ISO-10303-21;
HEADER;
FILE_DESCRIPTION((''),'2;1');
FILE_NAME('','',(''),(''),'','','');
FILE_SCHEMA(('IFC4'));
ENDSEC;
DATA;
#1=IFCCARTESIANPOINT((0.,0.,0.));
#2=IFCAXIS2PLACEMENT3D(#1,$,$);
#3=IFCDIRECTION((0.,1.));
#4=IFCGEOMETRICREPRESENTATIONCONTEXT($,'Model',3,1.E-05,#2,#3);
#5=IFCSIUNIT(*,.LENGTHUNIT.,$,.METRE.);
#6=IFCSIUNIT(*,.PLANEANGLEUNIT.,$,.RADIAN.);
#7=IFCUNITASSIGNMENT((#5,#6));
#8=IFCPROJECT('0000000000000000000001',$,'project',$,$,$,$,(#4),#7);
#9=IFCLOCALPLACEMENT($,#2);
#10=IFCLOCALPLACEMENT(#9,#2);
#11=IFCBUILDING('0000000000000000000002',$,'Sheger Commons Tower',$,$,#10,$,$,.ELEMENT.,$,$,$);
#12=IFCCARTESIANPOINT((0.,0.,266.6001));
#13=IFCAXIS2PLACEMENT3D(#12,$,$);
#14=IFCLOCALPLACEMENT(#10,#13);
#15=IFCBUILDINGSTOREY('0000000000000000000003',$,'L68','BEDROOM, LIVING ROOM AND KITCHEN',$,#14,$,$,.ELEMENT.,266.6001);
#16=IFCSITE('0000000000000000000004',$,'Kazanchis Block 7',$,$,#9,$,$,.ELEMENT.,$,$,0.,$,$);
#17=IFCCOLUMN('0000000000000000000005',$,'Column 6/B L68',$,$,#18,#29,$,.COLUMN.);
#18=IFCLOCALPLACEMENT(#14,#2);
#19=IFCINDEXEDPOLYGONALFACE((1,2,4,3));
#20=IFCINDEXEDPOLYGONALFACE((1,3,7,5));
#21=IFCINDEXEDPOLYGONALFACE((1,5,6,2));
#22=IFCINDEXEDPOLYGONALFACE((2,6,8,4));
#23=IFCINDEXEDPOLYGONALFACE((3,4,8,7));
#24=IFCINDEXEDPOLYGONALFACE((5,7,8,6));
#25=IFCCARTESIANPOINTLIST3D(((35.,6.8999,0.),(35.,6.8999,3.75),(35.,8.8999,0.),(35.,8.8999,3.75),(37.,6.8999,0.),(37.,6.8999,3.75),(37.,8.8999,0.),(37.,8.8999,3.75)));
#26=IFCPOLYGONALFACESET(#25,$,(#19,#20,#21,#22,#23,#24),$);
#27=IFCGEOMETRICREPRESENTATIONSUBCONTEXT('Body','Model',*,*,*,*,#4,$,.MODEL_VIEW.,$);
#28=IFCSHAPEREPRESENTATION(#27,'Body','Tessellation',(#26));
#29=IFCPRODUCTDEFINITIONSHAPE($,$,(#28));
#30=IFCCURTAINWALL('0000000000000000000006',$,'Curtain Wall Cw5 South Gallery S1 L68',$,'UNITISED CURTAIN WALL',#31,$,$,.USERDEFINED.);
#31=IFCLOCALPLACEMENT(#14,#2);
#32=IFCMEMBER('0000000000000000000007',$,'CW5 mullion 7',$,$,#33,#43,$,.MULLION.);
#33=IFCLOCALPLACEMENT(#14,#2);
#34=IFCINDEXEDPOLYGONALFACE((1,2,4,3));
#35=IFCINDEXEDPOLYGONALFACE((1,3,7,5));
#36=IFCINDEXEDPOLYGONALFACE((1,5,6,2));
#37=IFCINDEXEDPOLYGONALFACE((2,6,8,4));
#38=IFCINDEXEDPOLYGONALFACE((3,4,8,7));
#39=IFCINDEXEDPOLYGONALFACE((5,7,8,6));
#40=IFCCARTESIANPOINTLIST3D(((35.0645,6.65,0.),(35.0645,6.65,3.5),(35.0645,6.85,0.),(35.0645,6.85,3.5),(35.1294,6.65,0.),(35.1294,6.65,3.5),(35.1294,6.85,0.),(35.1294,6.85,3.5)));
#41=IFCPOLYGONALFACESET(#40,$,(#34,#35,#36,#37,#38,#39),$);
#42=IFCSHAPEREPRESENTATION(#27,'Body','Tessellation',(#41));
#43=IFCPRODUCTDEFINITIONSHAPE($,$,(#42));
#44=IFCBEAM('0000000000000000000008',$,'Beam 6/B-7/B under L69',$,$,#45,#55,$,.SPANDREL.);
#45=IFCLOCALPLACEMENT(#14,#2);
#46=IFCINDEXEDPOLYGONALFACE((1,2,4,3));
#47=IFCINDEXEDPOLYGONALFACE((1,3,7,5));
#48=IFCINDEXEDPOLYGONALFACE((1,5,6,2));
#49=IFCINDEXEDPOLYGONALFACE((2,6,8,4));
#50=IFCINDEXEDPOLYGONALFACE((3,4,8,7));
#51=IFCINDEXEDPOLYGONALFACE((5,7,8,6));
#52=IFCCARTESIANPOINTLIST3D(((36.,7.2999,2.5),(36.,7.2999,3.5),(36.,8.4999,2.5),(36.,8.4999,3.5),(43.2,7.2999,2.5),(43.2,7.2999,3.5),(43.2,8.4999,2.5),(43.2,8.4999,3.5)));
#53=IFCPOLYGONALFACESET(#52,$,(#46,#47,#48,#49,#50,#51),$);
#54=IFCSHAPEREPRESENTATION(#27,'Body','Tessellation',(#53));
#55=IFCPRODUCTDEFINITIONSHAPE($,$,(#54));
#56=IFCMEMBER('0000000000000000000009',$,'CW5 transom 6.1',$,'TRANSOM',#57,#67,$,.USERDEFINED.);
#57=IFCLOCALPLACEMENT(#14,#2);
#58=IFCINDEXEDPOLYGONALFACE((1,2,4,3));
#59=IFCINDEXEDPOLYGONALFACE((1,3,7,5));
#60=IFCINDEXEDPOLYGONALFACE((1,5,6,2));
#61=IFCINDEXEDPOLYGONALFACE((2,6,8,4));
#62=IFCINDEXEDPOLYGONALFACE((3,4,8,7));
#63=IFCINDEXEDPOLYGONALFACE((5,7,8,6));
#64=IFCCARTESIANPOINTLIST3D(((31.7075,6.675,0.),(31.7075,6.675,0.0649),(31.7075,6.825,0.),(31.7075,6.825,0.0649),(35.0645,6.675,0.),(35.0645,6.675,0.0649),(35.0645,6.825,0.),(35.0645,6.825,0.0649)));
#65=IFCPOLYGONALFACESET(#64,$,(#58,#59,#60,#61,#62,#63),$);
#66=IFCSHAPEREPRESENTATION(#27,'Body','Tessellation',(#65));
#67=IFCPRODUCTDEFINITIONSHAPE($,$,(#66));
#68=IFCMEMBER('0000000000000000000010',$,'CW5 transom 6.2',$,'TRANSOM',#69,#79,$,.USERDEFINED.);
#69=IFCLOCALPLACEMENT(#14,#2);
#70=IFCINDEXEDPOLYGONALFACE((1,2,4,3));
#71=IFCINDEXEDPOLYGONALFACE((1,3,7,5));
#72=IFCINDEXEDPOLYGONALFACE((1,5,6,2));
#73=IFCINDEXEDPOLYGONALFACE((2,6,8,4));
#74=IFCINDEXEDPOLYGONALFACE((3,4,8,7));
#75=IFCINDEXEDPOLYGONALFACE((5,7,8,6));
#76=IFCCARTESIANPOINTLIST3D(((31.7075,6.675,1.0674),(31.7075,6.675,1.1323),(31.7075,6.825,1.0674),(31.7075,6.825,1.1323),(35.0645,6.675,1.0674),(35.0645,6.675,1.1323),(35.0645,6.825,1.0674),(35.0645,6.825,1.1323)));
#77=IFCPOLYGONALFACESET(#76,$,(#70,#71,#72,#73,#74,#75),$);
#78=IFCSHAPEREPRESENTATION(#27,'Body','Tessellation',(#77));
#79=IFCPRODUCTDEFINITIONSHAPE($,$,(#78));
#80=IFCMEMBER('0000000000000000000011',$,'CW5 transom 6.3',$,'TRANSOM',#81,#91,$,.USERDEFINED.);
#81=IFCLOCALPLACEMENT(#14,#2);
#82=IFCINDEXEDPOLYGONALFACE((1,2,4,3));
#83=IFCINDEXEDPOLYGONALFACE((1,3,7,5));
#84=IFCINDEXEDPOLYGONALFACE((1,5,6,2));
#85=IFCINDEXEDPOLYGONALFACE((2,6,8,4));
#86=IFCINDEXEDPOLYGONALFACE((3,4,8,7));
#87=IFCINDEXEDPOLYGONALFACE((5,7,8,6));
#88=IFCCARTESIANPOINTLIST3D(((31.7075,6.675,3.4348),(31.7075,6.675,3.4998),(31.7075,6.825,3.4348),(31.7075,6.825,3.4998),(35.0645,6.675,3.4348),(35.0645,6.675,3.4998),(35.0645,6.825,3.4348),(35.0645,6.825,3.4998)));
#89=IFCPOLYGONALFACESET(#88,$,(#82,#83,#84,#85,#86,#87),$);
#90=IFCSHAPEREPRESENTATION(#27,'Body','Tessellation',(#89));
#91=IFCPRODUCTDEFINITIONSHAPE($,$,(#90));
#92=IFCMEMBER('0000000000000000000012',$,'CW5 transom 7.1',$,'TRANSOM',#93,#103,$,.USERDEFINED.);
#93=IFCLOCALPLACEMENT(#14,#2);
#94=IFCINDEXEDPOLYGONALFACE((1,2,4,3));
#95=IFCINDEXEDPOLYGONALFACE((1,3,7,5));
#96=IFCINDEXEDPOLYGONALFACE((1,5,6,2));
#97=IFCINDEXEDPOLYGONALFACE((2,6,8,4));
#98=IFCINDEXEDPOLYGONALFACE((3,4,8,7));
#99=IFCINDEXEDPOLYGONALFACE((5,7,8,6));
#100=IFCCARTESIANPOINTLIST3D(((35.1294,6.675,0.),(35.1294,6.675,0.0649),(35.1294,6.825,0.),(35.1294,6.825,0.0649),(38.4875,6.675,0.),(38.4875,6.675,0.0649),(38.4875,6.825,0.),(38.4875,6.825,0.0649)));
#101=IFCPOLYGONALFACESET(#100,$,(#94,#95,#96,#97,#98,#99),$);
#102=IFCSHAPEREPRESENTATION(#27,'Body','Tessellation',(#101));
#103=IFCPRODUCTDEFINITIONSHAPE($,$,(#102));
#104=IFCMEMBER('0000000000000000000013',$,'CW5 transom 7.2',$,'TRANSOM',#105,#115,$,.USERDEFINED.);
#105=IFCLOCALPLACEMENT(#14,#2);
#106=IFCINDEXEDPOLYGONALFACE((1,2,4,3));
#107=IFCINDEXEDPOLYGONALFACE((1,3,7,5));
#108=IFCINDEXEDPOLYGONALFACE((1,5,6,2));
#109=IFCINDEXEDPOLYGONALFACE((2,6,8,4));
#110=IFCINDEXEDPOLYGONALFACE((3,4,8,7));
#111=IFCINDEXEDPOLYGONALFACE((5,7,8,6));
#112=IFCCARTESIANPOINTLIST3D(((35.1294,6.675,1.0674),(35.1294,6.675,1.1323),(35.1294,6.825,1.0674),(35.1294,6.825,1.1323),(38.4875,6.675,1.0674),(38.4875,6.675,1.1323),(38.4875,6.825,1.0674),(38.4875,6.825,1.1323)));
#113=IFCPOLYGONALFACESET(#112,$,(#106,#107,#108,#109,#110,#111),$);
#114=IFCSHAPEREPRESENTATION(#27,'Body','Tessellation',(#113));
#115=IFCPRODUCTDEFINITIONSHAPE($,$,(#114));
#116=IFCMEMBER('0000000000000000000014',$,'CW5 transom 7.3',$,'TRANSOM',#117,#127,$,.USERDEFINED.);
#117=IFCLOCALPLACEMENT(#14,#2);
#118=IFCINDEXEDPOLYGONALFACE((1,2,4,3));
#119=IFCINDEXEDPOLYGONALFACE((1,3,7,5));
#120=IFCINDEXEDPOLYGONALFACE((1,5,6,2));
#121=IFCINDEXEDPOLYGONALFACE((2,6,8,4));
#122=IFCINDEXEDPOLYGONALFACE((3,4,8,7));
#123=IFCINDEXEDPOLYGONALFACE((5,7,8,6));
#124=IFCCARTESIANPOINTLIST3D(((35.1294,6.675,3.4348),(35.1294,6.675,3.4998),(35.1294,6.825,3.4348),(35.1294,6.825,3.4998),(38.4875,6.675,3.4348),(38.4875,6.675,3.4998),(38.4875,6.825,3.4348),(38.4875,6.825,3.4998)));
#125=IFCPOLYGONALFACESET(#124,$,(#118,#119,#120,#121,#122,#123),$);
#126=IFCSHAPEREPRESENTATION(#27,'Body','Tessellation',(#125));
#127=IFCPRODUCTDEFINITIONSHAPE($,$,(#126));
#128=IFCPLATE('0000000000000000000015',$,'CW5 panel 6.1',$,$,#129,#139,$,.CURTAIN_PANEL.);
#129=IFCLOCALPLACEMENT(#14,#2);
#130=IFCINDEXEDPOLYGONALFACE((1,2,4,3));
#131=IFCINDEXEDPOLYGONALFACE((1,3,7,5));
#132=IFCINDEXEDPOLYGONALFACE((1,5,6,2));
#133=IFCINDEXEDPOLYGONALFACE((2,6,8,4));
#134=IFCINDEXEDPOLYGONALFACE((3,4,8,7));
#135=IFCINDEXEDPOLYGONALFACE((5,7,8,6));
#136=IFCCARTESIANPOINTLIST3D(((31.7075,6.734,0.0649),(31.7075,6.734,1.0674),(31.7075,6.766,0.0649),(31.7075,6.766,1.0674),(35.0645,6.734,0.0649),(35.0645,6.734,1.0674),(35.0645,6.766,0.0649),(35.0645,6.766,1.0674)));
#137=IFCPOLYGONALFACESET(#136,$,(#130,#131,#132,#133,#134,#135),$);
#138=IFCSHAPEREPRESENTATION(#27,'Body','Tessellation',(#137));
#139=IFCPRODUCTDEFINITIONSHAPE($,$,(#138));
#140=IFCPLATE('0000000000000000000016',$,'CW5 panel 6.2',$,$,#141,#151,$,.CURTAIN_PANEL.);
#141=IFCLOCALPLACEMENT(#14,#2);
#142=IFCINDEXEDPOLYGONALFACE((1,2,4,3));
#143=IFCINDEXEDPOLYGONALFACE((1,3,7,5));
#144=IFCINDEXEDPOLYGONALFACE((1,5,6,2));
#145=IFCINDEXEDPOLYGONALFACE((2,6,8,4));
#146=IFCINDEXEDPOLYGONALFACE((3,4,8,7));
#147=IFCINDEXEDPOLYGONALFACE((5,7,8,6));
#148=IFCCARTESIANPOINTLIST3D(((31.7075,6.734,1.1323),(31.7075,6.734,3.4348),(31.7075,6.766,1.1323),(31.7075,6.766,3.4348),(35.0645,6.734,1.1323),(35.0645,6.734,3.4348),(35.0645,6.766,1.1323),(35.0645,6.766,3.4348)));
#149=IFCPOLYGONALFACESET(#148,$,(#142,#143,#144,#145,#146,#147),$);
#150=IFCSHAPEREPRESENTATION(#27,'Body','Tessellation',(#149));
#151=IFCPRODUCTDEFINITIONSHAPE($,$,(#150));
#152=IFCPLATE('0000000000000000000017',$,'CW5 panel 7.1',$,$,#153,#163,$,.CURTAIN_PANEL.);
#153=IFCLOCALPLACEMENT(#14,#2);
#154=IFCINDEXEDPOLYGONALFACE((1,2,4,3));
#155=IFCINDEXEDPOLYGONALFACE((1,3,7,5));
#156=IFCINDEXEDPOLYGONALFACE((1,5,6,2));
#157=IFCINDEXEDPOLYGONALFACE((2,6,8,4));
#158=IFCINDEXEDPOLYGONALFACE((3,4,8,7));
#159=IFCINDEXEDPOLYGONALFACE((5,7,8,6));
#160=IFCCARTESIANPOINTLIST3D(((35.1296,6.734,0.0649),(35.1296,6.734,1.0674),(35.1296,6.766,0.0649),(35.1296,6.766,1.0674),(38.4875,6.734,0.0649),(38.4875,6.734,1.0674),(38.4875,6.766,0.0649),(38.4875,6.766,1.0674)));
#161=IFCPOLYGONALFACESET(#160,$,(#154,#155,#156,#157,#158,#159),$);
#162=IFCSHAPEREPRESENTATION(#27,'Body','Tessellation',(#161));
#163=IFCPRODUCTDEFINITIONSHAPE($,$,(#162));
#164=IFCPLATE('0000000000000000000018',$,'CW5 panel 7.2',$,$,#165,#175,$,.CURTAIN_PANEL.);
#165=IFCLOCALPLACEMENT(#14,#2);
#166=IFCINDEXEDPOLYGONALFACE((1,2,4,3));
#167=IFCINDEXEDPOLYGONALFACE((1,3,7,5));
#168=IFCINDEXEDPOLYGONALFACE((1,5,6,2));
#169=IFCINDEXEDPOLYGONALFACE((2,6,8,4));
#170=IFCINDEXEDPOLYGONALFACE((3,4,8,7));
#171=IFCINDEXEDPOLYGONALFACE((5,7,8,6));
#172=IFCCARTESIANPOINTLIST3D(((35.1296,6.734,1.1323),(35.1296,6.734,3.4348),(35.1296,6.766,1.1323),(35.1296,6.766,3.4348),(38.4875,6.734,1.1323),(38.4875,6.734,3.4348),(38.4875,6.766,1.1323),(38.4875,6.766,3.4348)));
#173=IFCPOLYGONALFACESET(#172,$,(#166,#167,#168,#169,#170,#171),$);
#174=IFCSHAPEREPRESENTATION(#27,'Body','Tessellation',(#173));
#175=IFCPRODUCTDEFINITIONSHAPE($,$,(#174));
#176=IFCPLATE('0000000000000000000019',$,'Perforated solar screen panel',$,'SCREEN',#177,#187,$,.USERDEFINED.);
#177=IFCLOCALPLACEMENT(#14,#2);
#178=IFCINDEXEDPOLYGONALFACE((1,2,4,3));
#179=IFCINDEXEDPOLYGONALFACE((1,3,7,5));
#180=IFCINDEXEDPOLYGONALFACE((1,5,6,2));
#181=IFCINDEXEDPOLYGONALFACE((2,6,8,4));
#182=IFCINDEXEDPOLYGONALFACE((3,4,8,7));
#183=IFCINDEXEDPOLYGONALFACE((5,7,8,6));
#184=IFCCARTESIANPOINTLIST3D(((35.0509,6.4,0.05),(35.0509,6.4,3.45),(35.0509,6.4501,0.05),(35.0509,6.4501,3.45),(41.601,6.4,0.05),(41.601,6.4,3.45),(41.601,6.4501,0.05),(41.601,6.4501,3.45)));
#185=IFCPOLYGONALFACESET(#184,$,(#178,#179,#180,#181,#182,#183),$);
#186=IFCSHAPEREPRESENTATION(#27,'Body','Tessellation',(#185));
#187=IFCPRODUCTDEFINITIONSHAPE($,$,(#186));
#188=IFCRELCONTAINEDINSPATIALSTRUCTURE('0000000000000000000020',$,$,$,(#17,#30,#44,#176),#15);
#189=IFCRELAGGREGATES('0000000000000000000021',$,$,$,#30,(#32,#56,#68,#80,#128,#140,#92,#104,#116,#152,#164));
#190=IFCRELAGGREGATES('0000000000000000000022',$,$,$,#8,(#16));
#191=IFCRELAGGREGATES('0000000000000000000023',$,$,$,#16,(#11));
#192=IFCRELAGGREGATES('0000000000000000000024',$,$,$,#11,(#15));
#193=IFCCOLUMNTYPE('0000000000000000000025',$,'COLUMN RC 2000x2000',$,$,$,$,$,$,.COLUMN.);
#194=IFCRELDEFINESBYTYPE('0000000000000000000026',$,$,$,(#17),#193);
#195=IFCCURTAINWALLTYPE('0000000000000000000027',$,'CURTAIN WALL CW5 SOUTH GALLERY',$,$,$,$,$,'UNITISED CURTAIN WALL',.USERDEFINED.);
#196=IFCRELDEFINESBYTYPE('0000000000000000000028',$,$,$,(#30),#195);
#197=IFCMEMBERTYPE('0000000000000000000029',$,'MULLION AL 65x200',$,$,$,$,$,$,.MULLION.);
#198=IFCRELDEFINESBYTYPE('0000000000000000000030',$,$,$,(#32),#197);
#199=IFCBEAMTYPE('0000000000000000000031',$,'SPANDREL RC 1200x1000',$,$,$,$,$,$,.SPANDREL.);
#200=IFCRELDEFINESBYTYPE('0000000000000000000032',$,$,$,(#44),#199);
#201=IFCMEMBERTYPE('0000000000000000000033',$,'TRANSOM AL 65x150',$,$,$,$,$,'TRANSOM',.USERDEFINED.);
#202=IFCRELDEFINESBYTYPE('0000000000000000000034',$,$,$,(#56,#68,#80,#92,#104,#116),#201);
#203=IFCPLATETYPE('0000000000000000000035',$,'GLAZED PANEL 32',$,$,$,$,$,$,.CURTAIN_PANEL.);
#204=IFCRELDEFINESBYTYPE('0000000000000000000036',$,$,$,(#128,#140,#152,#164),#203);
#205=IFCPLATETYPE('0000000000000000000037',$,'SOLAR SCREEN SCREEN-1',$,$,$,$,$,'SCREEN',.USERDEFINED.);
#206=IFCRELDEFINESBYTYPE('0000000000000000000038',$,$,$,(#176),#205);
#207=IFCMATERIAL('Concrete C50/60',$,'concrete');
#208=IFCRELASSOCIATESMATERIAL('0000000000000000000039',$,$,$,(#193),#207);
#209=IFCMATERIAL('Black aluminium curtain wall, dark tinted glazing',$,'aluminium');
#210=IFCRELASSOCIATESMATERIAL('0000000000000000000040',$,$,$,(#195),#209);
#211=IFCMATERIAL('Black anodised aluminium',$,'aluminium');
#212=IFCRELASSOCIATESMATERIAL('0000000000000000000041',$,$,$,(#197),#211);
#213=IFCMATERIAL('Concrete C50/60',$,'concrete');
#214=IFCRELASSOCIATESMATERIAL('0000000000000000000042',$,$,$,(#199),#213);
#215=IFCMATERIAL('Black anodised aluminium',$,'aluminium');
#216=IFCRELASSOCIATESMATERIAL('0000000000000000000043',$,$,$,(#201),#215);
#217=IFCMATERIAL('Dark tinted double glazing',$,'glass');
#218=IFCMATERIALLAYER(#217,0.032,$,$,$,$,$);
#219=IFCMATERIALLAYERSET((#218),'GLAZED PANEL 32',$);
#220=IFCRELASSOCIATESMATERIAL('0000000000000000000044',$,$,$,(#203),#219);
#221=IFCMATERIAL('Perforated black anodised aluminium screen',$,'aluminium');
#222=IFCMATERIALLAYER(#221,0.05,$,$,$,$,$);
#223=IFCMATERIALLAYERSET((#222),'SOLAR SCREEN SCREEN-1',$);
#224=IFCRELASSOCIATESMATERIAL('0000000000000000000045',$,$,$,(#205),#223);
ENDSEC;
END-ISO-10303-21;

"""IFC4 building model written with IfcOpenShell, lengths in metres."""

from ifc_helpers import new_model, si_unit, direction, frame, origin, origin_2d, place, context, subcontext, project, spatial, rectangle, extrude, material, layer, layer_set, material_profile, profile_set, type_object, element, aggregate, save


model = new_model("IFC4")

# Units and contexts
model_context = context("Model", 3, precision=1e-05, world=origin(), true_north=direction((0.0, 1.0)))
body_context = subcontext(model_context, "Body", "Model", "MODEL_VIEW")
ifc_project = project(units=[si_unit("LENGTHUNIT", "METRE"), si_unit("PLANEANGLEUNIT", "RADIAN")], contexts=[model_context])

# Site, building, storey
site_placement = place(None, origin())
site = spatial("IfcSite", under=ifc_project, at=site_placement, Name="Kazanchis Block 7", CompositionType="ELEMENT", RefElevation=0.0)
building_placement = place(site_placement, origin())
building = spatial("IfcBuilding", under=site, at=building_placement, Name="Sheger Commons Tower", CompositionType="ELEMENT")
storey_placement = place(building_placement, frame((0.0, 0.0, 266.6001)))
storey = spatial("IfcBuildingStorey", under=building, at=storey_placement, Name="L68", Description="BEDROOM, LIVING ROOM AND KITCHEN", CompositionType="ELEMENT", Elevation=266.6001)

# Column
ifc_material_1 = material(Name="Concrete C50/60", Category="concrete")
ifc_material_profile_1 = material_profile(ifc_material_1, rectangle(XDim=2.0, YDim=2.0, at=origin_2d()), Name="RC 2000x2000")
ifc_profile_set_1 = profile_set([ifc_material_profile_1], Name="Concrete C50/60")
column_type = type_object("IfcColumnType", Name="COLUMN RC 2000x2000", PredefinedType="COLUMN", material=ifc_profile_set_1)
column_placement = place(storey_placement, frame((36.0, 7.8999, 0.0), z_axis=(0.0, 0.0, 1.0), x_axis=(1.0, 0.0, 0.0)))
element("IfcColumn", 1, at=column_placement, inside=storey, type_object=column_type, Name="Column 6/B L68", PredefinedType="COLUMN", context=body_context, shape_type="SweptSolid", body=[
    extrude(rectangle(XDim=2.0, YDim=2.0, at=origin_2d()), origin(), (0.0, 0.0, 1.0), 3.75),
])

# Curtain wall, member
ifc_material_2 = material(Name="Black aluminium curtain wall, dark tinted glazing", Category="aluminium")
curtain_wall_type = type_object("IfcCurtainWallType", Name="CURTAIN WALL CW5 SOUTH GALLERY", ElementType="UNITISED CURTAIN WALL", PredefinedType="USERDEFINED", material=ifc_material_2)
curtain_wall_placement = place(storey_placement, origin())
curtain_wall = element("IfcCurtainWall", 2, at=curtain_wall_placement, inside=storey, type_object=curtain_wall_type, Name="Curtain Wall Cw5 South Gallery S1 L68", ObjectType="UNITISED CURTAIN WALL", PredefinedType="USERDEFINED")
ifc_material_3 = material(Name="Black anodised aluminium", Category="aluminium")
ifc_material_profile_2 = material_profile(ifc_material_3, rectangle(XDim=0.2, YDim=0.0649, at=origin_2d()), Name="AL 65x200")
ifc_profile_set_2 = profile_set([ifc_material_profile_2], Name="Black anodised aluminium")
member_type_1 = type_object("IfcMemberType", Name="MULLION AL 65x200", PredefinedType="MULLION", material=ifc_profile_set_2)
member_1_placement = place(storey_placement, frame((35.0969, 6.75, 0.0), z_axis=(0.0, 0.0, 1.0), x_axis=(0.0, 1.0, 0.0)))
member_1 = element("IfcMember", 3, at=member_1_placement, type_object=member_type_1, Name="CW5 mullion 7", PredefinedType="MULLION", context=body_context, shape_type="SweptSolid", body=[
    extrude(rectangle(XDim=0.2, YDim=0.0649, at=origin_2d()), origin(), (0.0, 0.0, 1.0), 3.5),
])

# Beam
ifc_material_4 = material(Name="Concrete C50/60", Category="concrete")
ifc_material_profile_3 = material_profile(ifc_material_4, rectangle(XDim=1.2, YDim=1.0, at=origin_2d()), Name="RC 1200x1000")
ifc_profile_set_3 = profile_set([ifc_material_profile_3], Name="Concrete C50/60")
beam_type = type_object("IfcBeamType", Name="SPANDREL RC 1200x1000", PredefinedType="SPANDREL", material=ifc_profile_set_3)
beam_placement = place(storey_placement, frame((36.0, 7.8999, 3.0), z_axis=(1.0, 0.0, 0.0), x_axis=(0.0, 1.0, 0.0)))
element("IfcBeam", 4, at=beam_placement, inside=storey, type_object=beam_type, Name="Beam 6/B-7/B under L69", PredefinedType="SPANDREL", context=body_context, shape_type="SweptSolid", body=[
    extrude(rectangle(XDim=1.2, YDim=1.0, at=origin_2d()), origin(), (0.0, 0.0, 1.0), 7.2),
])

# Members
ifc_material_5 = material(Name="Black anodised aluminium", Category="aluminium")
ifc_material_profile_4 = material_profile(ifc_material_5, rectangle(XDim=0.1499, YDim=0.0649, at=origin_2d()), Name="AL 65x150")
ifc_profile_set_4 = profile_set([ifc_material_profile_4], Name="Black anodised aluminium")
member_type_2 = type_object("IfcMemberType", Name="TRANSOM AL 65x150", ElementType="TRANSOM", PredefinedType="USERDEFINED", material=ifc_profile_set_4)
member_2_placement = place(storey_placement, frame((31.7075, 6.75, 0.0325), z_axis=(1.0, 0.0, 0.0), x_axis=(0.0, 1.0, 0.0)))
member_2 = element("IfcMember", 5, at=member_2_placement, type_object=member_type_2, Name="CW5 transom 6.1", ObjectType="TRANSOM", PredefinedType="USERDEFINED", context=body_context, shape_type="SweptSolid", body=[
    extrude(rectangle(XDim=0.1499, YDim=0.0649, at=origin_2d()), origin(), (0.0, 0.0, 1.0), 3.3569),
])
member_3_placement = place(storey_placement, frame((31.7075, 6.75, 1.0999), z_axis=(1.0, 0.0, 0.0), x_axis=(0.0, 1.0, 0.0)))
member_3 = element("IfcMember", 6, at=member_3_placement, type_object=member_type_2, Name="CW5 transom 6.2", ObjectType="TRANSOM", PredefinedType="USERDEFINED", context=body_context, shape_type="SweptSolid", body=[
    extrude(rectangle(XDim=0.1499, YDim=0.0649, at=origin_2d()), origin(), (0.0, 0.0, 1.0), 3.3569),
])
member_4_placement = place(storey_placement, frame((31.7075, 6.75, 3.4673), z_axis=(1.0, 0.0, 0.0), x_axis=(0.0, 1.0, 0.0)))
member_4 = element("IfcMember", 7, at=member_4_placement, type_object=member_type_2, Name="CW5 transom 6.3", ObjectType="TRANSOM", PredefinedType="USERDEFINED", context=body_context, shape_type="SweptSolid", body=[
    extrude(rectangle(XDim=0.1499, YDim=0.0649, at=origin_2d()), origin(), (0.0, 0.0, 1.0), 3.3569),
])
member_5_placement = place(storey_placement, frame((35.1294, 6.75, 0.0325), z_axis=(1.0, 0.0, 0.0), x_axis=(0.0, 1.0, 0.0)))
member_5 = element("IfcMember", 8, at=member_5_placement, type_object=member_type_2, Name="CW5 transom 7.1", ObjectType="TRANSOM", PredefinedType="USERDEFINED", context=body_context, shape_type="SweptSolid", body=[
    extrude(rectangle(XDim=0.1499, YDim=0.0649, at=origin_2d()), origin(), (0.0, 0.0, 1.0), 3.3582),
])
member_6_placement = place(storey_placement, frame((35.1294, 6.75, 1.0999), z_axis=(1.0, 0.0, 0.0), x_axis=(0.0, 1.0, 0.0)))
member_6 = element("IfcMember", 9, at=member_6_placement, type_object=member_type_2, Name="CW5 transom 7.2", ObjectType="TRANSOM", PredefinedType="USERDEFINED", context=body_context, shape_type="SweptSolid", body=[
    extrude(rectangle(XDim=0.1499, YDim=0.0649, at=origin_2d()), origin(), (0.0, 0.0, 1.0), 3.3582),
])
member_7_placement = place(storey_placement, frame((35.1294, 6.75, 3.4673), z_axis=(1.0, 0.0, 0.0), x_axis=(0.0, 1.0, 0.0)))
member_7 = element("IfcMember", 10, at=member_7_placement, type_object=member_type_2, Name="CW5 transom 7.3", ObjectType="TRANSOM", PredefinedType="USERDEFINED", context=body_context, shape_type="SweptSolid", body=[
    extrude(rectangle(XDim=0.1499, YDim=0.0649, at=origin_2d()), origin(), (0.0, 0.0, 1.0), 3.3582),
])

# Plates
ifc_material_6 = material(Name="Dark tinted double glazing", Category="glass")
ifc_layer_1 = layer(ifc_material_6, 0.032)
ifc_layer_set_1 = layer_set([ifc_layer_1], Name="GLAZED PANEL 32")
plate_type_1 = type_object("IfcPlateType", Name="GLAZED PANEL 32", PredefinedType="CURTAIN_PANEL", material=ifc_layer_set_1)
plate_1_placement = place(storey_placement, frame((33.386, 6.75, 0.0649), z_axis=(0.0, 0.0, 1.0), x_axis=(1.0, 0.0, 0.0)))
plate_1 = element("IfcPlate", 11, at=plate_1_placement, type_object=plate_type_1, Name="CW5 panel 6.1", PredefinedType="CURTAIN_PANEL", context=body_context, shape_type="SweptSolid", body=[
    extrude(rectangle(XDim=3.3569, YDim=0.032, at=origin_2d()), origin(), (0.0, 0.0, 1.0), 1.0024),
])
plate_2_placement = place(storey_placement, frame((33.386, 6.75, 1.1323), z_axis=(0.0, 0.0, 1.0), x_axis=(1.0, 0.0, 0.0)))
plate_2 = element("IfcPlate", 12, at=plate_2_placement, type_object=plate_type_1, Name="CW5 panel 6.2", PredefinedType="CURTAIN_PANEL", context=body_context, shape_type="SweptSolid", body=[
    extrude(rectangle(XDim=3.3569, YDim=0.032, at=origin_2d()), origin(), (0.0, 0.0, 1.0), 2.3025),
])
plate_3_placement = place(storey_placement, frame((36.8086, 6.75, 0.0649), z_axis=(0.0, 0.0, 1.0), x_axis=(1.0, 0.0, 0.0)))
plate_3 = element("IfcPlate", 13, at=plate_3_placement, type_object=plate_type_1, Name="CW5 panel 7.1", PredefinedType="CURTAIN_PANEL", context=body_context, shape_type="SweptSolid", body=[
    extrude(rectangle(XDim=3.3579, YDim=0.032, at=origin_2d()), origin(), (0.0, 0.0, 1.0), 1.0024),
])
plate_4_placement = place(storey_placement, frame((36.8086, 6.75, 1.1323), z_axis=(0.0, 0.0, 1.0), x_axis=(1.0, 0.0, 0.0)))
plate_4 = element("IfcPlate", 14, at=plate_4_placement, type_object=plate_type_1, Name="CW5 panel 7.2", PredefinedType="CURTAIN_PANEL", context=body_context, shape_type="SweptSolid", body=[
    extrude(rectangle(XDim=3.3579, YDim=0.032, at=origin_2d()), origin(), (0.0, 0.0, 1.0), 2.3025),
])
aggregate(curtain_wall, [member_1, member_2, member_3, member_4, plate_1, plate_2, member_5, member_6, member_7, plate_3, plate_4])
ifc_material_7 = material(Name="Perforated black anodised aluminium screen", Category="aluminium")
ifc_layer_2 = layer(ifc_material_7, 0.05)
ifc_layer_set_2 = layer_set([ifc_layer_2], Name="SOLAR SCREEN SCREEN-1")
plate_type_2 = type_object("IfcPlateType", Name="SOLAR SCREEN SCREEN-1", ElementType="SCREEN", PredefinedType="USERDEFINED", material=ifc_layer_set_2)
plate_5_placement = place(storey_placement, frame((38.3259, 6.425, 0.05), z_axis=(0.0, 0.0, 1.0), x_axis=(1.0, 0.0, 0.0)))
element("IfcPlate", 15, at=plate_5_placement, inside=storey, type_object=plate_type_2, Name="Perforated solar screen panel", ObjectType="SCREEN", PredefinedType="USERDEFINED", context=body_context, shape_type="SweptSolid", body=[
    extrude(rectangle(XDim=6.55, YDim=0.05, at=origin_2d()), origin(), (0.0, 0.0, 1.0), 3.3999),
])

save(model, "model.ifc")
